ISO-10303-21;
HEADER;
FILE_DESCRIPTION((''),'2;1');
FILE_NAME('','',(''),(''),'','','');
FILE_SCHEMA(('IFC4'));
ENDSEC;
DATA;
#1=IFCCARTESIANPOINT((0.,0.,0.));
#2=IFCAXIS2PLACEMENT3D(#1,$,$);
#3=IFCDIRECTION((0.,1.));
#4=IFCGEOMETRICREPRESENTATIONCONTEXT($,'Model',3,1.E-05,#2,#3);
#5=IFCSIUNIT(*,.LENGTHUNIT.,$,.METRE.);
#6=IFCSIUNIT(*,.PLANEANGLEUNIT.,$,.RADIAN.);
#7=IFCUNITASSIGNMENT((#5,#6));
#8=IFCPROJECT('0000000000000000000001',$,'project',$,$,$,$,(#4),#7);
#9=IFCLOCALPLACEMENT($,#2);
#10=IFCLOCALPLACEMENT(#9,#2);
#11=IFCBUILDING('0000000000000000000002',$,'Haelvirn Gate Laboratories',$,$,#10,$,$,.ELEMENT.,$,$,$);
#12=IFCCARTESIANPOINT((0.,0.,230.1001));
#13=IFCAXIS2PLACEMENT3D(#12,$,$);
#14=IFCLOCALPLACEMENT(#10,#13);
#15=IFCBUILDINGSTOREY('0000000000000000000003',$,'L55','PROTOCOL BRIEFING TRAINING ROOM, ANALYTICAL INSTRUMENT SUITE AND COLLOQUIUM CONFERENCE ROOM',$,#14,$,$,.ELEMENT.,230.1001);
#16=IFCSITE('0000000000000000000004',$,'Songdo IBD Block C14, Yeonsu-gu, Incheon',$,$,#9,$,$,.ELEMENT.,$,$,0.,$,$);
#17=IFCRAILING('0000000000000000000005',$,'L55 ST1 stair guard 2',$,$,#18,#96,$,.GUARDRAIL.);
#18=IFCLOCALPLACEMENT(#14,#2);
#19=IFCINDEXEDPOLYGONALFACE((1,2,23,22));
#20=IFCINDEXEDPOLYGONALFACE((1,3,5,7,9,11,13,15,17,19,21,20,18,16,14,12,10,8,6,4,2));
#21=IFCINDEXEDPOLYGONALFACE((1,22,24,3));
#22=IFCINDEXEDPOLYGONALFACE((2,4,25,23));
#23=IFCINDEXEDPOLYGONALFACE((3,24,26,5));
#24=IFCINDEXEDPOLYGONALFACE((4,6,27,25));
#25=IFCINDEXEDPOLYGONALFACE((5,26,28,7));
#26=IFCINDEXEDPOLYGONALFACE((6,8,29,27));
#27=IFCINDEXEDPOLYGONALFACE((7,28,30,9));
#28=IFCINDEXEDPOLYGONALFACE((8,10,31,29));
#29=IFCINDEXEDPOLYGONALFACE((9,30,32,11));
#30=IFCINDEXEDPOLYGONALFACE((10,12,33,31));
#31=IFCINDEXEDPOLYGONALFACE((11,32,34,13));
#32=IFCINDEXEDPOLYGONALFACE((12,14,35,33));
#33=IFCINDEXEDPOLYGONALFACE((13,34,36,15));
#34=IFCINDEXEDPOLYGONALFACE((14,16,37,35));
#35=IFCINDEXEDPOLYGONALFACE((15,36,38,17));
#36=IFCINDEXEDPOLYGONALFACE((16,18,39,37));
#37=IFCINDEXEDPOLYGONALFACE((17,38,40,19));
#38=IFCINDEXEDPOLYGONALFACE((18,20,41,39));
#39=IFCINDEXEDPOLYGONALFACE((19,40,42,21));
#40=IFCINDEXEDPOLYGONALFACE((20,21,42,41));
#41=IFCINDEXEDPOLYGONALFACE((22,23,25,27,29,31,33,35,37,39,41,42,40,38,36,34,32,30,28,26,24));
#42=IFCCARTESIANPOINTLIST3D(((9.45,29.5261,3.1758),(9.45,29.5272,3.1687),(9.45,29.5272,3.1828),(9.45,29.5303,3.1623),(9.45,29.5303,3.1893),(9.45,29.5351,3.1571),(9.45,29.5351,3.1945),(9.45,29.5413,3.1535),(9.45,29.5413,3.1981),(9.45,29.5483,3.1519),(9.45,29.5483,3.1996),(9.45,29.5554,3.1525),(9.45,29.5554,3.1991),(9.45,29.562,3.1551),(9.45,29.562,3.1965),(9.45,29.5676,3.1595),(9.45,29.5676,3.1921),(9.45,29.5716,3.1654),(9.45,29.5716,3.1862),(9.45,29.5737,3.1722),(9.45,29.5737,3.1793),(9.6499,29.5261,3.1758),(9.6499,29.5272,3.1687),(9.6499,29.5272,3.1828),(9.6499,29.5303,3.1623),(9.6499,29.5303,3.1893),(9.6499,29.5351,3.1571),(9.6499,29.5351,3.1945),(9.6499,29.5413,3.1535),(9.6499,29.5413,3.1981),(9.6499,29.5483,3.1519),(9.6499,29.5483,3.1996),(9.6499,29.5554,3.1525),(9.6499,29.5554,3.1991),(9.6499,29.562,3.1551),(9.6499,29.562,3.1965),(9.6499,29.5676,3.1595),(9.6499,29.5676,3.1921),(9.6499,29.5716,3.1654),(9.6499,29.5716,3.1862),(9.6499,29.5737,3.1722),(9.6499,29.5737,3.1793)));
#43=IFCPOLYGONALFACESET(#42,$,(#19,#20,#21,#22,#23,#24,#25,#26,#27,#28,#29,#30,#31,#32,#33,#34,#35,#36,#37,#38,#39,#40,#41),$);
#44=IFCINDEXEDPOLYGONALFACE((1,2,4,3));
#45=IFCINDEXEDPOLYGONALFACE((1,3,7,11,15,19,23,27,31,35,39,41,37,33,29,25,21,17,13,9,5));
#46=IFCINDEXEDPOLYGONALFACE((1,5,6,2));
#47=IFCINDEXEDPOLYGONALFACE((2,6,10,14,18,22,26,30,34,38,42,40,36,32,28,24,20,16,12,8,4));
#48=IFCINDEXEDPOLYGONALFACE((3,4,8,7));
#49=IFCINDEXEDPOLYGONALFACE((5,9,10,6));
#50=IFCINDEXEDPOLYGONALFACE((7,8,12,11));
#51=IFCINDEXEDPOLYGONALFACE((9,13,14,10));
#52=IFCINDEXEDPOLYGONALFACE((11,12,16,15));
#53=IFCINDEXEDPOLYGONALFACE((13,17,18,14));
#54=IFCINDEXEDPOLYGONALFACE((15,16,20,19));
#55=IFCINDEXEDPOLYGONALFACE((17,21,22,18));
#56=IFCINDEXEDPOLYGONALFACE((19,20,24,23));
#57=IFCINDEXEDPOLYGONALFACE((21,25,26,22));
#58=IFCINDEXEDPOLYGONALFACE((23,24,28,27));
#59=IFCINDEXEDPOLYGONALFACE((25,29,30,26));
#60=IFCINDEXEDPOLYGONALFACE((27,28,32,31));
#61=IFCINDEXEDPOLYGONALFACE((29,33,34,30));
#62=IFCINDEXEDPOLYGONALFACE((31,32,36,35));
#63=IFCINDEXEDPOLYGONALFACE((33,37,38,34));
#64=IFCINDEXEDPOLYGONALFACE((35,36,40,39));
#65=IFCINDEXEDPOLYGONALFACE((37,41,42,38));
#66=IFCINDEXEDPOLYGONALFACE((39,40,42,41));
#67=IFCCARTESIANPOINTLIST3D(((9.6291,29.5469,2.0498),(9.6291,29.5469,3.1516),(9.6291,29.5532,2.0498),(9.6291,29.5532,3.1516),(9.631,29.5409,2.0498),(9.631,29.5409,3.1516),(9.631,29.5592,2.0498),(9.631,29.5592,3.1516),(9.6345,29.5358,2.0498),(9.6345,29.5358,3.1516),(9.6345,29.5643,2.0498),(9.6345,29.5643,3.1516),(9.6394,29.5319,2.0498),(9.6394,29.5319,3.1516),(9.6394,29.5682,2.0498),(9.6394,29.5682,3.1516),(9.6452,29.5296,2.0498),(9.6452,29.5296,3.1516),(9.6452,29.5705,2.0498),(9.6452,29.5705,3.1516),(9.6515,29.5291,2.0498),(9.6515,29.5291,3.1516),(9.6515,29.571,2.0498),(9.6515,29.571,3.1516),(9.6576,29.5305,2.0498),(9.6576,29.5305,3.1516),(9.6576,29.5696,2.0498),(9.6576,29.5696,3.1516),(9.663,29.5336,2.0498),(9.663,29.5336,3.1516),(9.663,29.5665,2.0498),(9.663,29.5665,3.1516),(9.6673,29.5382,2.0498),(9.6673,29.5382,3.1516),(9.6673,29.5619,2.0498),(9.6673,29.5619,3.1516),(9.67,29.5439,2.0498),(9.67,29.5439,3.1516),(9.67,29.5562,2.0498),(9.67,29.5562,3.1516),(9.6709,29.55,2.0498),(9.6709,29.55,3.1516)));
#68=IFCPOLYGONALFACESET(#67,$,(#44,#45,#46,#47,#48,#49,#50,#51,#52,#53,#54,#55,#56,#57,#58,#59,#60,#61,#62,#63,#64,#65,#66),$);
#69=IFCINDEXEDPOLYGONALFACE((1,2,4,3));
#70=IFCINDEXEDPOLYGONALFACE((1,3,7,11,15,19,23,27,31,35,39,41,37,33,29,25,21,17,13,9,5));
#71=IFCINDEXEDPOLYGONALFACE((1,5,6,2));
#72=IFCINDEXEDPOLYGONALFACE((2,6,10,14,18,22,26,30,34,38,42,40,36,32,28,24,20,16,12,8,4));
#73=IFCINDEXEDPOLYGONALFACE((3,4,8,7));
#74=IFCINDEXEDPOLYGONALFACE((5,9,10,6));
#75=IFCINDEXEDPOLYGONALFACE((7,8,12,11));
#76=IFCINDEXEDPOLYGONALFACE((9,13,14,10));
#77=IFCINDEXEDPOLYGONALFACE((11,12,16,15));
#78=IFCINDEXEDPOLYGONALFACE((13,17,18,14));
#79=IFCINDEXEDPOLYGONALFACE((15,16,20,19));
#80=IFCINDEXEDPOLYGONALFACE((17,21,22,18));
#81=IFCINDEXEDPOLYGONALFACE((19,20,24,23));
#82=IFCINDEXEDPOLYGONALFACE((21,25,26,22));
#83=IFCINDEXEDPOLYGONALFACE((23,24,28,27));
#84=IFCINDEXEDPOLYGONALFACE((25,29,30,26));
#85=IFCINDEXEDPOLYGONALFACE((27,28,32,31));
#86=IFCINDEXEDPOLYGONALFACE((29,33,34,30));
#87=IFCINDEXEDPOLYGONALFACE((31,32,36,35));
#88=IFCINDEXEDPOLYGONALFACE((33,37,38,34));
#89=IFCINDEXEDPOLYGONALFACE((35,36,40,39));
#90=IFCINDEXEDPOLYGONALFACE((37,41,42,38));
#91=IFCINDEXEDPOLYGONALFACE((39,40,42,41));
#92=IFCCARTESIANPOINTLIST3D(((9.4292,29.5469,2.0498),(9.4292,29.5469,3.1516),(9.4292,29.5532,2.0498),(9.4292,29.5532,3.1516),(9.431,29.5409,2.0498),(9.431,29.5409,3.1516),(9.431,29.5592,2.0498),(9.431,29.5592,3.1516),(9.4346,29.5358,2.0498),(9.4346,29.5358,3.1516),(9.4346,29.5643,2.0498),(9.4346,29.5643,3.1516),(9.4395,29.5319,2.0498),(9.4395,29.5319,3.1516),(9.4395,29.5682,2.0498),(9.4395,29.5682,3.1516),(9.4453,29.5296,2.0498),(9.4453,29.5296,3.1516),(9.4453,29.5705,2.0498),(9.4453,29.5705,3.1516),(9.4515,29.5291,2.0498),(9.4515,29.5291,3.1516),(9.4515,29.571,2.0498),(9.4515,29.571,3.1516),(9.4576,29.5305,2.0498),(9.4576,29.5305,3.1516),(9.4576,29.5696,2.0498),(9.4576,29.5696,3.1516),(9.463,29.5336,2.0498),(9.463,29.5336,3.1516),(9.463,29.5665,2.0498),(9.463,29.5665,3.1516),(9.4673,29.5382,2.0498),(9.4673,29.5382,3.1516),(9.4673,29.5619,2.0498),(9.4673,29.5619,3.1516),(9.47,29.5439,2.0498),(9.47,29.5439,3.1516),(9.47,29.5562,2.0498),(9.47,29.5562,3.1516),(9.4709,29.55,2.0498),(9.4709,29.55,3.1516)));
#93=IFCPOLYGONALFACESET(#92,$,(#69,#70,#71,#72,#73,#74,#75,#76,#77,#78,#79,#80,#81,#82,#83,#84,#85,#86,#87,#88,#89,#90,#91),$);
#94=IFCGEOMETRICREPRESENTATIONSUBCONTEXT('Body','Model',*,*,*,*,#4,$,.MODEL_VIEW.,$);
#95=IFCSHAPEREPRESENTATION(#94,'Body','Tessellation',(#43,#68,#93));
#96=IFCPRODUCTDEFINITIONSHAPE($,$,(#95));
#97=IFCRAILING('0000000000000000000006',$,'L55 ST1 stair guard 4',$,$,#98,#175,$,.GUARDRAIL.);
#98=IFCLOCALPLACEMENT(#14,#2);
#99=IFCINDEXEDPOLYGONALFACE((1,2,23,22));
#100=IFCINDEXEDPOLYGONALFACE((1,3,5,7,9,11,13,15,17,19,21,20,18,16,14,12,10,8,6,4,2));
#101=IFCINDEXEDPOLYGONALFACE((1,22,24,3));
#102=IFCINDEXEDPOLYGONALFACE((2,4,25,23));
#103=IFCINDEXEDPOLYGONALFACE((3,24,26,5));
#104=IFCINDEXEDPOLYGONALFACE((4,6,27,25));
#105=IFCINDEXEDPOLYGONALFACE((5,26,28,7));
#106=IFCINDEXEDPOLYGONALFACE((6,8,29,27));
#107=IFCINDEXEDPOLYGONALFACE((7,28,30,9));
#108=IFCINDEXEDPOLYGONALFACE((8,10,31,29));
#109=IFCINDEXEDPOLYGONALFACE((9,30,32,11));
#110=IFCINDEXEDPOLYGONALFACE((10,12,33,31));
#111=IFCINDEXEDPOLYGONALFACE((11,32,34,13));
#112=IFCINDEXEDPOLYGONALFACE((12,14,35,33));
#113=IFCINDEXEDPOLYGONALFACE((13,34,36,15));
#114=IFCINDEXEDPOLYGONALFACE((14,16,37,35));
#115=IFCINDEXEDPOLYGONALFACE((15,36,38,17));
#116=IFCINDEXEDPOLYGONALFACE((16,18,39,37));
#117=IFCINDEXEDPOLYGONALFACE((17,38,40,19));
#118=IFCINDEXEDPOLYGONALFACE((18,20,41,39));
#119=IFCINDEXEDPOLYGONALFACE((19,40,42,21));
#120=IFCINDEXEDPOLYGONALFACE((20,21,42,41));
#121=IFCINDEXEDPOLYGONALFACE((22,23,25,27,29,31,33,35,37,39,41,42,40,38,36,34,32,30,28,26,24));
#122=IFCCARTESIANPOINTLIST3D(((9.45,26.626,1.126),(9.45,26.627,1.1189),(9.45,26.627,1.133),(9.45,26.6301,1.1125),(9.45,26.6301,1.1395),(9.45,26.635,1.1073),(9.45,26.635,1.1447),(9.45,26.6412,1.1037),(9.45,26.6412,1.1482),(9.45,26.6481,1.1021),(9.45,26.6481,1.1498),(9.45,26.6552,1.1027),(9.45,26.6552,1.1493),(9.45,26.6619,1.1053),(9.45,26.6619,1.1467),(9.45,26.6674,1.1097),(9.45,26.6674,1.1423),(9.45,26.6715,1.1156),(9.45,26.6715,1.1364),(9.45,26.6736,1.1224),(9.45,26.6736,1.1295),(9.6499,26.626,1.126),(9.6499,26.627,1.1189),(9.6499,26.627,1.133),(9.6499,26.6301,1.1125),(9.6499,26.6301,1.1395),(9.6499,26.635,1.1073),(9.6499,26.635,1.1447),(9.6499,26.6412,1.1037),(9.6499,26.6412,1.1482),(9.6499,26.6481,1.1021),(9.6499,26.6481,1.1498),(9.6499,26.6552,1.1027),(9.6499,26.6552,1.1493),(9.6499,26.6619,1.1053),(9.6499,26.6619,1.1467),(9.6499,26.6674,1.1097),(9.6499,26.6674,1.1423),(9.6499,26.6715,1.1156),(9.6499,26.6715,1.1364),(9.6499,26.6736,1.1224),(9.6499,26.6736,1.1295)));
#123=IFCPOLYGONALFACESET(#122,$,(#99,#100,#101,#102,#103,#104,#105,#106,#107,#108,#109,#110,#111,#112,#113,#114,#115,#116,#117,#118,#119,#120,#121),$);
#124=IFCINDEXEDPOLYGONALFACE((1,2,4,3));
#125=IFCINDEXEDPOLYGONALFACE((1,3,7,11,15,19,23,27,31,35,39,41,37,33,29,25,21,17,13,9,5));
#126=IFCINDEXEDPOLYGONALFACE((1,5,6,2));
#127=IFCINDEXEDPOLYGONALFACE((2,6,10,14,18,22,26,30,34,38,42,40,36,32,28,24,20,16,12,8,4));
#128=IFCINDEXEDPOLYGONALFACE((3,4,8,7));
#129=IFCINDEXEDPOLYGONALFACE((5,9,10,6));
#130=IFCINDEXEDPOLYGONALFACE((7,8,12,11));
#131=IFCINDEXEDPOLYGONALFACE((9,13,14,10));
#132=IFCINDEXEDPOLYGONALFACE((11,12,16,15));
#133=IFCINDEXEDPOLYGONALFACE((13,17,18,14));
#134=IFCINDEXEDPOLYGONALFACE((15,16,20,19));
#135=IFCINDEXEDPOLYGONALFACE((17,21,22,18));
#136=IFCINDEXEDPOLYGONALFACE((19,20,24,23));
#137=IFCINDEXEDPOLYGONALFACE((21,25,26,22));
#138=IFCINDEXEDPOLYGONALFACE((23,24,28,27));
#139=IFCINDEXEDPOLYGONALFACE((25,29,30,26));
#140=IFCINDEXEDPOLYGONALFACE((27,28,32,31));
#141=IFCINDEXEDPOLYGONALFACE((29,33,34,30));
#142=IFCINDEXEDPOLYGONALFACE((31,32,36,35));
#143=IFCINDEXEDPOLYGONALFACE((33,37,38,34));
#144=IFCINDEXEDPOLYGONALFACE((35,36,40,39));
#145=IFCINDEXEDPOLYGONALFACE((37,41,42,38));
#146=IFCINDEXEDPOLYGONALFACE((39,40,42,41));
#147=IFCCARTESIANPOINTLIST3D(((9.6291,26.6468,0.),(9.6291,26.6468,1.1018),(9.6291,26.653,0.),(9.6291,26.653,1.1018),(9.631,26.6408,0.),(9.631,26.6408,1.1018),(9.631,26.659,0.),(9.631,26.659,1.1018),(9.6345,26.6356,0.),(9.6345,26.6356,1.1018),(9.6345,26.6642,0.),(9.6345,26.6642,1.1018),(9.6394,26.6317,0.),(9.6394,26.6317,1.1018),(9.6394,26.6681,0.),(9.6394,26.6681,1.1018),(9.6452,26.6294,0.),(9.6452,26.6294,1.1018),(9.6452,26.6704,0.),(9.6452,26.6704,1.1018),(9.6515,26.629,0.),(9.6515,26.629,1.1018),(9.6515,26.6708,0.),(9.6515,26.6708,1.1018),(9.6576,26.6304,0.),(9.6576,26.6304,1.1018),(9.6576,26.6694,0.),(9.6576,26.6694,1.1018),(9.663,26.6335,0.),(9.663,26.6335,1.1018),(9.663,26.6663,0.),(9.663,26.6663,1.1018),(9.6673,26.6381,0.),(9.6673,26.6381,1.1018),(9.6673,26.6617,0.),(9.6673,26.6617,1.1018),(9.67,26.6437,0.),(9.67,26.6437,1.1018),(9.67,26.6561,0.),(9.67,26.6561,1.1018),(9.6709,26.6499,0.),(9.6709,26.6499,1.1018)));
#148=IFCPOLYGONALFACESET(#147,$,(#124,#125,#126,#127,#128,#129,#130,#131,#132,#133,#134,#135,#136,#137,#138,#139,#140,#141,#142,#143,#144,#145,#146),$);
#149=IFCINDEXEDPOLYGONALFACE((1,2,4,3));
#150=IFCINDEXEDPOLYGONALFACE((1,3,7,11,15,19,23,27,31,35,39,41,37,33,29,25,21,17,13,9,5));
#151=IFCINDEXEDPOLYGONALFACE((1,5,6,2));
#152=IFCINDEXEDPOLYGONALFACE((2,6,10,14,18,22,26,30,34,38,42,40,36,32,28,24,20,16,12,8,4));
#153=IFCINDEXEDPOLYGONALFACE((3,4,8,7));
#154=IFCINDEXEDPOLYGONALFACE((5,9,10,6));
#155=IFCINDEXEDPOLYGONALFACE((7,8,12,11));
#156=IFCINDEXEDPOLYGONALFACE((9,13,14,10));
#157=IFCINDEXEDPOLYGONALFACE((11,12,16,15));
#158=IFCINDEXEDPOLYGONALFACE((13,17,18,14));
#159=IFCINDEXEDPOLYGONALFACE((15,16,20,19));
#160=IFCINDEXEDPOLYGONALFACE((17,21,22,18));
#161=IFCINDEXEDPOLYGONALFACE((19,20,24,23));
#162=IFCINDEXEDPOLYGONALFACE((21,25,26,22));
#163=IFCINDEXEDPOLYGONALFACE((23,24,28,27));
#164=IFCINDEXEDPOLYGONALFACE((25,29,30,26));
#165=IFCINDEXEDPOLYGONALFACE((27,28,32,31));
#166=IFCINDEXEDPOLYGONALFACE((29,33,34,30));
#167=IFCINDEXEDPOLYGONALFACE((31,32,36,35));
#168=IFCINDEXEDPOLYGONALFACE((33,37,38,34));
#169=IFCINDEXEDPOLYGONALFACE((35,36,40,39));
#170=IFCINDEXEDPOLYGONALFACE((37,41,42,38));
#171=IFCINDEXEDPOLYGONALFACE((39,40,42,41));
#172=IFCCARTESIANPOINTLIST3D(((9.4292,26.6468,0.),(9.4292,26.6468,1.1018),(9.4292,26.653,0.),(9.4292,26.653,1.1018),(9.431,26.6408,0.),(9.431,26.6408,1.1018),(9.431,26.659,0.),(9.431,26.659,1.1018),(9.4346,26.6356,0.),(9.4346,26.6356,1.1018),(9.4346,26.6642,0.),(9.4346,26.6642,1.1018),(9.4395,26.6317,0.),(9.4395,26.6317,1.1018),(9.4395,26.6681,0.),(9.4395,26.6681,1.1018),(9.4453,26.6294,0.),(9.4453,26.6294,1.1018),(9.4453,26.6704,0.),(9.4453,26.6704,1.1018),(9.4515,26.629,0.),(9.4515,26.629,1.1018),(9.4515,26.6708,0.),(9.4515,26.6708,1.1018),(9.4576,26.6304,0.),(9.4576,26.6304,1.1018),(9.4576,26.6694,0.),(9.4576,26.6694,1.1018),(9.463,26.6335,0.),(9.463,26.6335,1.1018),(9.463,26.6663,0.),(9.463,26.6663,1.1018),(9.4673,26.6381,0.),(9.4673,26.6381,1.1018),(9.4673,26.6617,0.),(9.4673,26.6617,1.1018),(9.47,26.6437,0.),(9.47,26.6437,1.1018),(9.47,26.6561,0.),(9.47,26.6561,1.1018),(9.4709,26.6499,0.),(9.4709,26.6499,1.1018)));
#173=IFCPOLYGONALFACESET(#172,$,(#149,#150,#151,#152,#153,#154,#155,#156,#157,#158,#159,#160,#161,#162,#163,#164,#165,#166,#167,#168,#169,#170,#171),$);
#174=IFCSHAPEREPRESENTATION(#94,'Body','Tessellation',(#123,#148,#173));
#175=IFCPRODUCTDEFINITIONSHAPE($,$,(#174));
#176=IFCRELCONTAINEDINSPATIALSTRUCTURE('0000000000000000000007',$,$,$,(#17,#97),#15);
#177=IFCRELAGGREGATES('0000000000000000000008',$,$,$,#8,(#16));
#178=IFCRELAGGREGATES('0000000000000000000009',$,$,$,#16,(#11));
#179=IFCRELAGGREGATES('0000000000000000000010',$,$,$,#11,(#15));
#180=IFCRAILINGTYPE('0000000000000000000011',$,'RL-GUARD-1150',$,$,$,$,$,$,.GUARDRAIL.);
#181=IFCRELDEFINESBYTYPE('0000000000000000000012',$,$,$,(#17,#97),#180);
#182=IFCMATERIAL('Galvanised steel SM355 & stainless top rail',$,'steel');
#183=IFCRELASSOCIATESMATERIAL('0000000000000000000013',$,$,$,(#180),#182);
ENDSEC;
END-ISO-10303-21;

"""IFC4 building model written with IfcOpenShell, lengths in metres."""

from ifc_helpers import new_model, si_unit, direction, frame, origin, origin_2d, place, context, subcontext, project, spatial, circle, extrude, source, transform, mapped, material, type_object, element, save


model = new_model("IFC4")

# Units and contexts
model_context = context("Model", 3, precision=1e-05, world=origin(), true_north=direction((0.0, 1.0)))
body_context = subcontext(model_context, "Body", "Model", "MODEL_VIEW")
ifc_project = project(units=[si_unit("LENGTHUNIT", "METRE"), si_unit("PLANEANGLEUNIT", "RADIAN")], contexts=[model_context])

# Site, building, storey
site_placement = place(None, origin())
site = spatial("IfcSite", under=ifc_project, at=site_placement, Name="Songdo IBD Block C14, Yeonsu-gu, Incheon", CompositionType="ELEMENT", RefElevation=0.0)
building_placement = place(site_placement, origin())
building = spatial("IfcBuilding", under=site, at=building_placement, Name="Haelvirn Gate Laboratories", CompositionType="ELEMENT")
storey_placement = place(building_placement, frame((0.0, 0.0, 230.1001)))
storey = spatial("IfcBuildingStorey", under=building, at=storey_placement, Name="L55", Description="PROTOCOL BRIEFING TRAINING ROOM, ANALYTICAL INSTRUMENT SUITE AND COLLOQUIUM CONFERENCE ROOM", CompositionType="ELEMENT", Elevation=230.1001)

# Railings
ifc_material_1 = material(Name="Galvanised steel SM355 & stainless top rail", Category="steel")
railing_type_1 = type_object("IfcRailingType", Name="RL-GUARD-1150", PredefinedType="GUARDRAIL", material=ifc_material_1)
shared_shape_1 = source(origin(), body_context, "Body", "SweptSolid", [
    extrude(circle(Radius=0.0239, at=origin_2d()), frame((0.0, 0.0, 1.126), z_axis=(-1.0, 0.0, 0.0), x_axis=(0.0, -1.0, 0.0)), (0.0, 0.0, 1.0), 0.2),
    extrude(circle(Radius=0.021, at=origin_2d()), origin(), (0.0, 0.0, 1.0), 1.1018),
    extrude(circle(Radius=0.021, at=origin_2d()), frame((-0.2, 0.0, 0.0)), (0.0, 0.0, 1.0), 1.1018),
])
for number, where, name in (
    (1, (9.6499, 29.55, 2.0498), "L55 ST1 stair guard 2"),
    (2, (9.6499, 26.6499, 0.0), "L55 ST1 stair guard 4"),
):
    element("IfcRailing", number, at=place(storey_placement, frame(where)), inside=storey, type_object=railing_type_1, Name=name, PredefinedType="GUARDRAIL", context=body_context, shape_type="MappedRepresentation", body=[
        mapped(shared_shape_1, transform((0.0, 0.0, 0.0), scale=1.0)),
    ])

save(model, "model.ifc")
